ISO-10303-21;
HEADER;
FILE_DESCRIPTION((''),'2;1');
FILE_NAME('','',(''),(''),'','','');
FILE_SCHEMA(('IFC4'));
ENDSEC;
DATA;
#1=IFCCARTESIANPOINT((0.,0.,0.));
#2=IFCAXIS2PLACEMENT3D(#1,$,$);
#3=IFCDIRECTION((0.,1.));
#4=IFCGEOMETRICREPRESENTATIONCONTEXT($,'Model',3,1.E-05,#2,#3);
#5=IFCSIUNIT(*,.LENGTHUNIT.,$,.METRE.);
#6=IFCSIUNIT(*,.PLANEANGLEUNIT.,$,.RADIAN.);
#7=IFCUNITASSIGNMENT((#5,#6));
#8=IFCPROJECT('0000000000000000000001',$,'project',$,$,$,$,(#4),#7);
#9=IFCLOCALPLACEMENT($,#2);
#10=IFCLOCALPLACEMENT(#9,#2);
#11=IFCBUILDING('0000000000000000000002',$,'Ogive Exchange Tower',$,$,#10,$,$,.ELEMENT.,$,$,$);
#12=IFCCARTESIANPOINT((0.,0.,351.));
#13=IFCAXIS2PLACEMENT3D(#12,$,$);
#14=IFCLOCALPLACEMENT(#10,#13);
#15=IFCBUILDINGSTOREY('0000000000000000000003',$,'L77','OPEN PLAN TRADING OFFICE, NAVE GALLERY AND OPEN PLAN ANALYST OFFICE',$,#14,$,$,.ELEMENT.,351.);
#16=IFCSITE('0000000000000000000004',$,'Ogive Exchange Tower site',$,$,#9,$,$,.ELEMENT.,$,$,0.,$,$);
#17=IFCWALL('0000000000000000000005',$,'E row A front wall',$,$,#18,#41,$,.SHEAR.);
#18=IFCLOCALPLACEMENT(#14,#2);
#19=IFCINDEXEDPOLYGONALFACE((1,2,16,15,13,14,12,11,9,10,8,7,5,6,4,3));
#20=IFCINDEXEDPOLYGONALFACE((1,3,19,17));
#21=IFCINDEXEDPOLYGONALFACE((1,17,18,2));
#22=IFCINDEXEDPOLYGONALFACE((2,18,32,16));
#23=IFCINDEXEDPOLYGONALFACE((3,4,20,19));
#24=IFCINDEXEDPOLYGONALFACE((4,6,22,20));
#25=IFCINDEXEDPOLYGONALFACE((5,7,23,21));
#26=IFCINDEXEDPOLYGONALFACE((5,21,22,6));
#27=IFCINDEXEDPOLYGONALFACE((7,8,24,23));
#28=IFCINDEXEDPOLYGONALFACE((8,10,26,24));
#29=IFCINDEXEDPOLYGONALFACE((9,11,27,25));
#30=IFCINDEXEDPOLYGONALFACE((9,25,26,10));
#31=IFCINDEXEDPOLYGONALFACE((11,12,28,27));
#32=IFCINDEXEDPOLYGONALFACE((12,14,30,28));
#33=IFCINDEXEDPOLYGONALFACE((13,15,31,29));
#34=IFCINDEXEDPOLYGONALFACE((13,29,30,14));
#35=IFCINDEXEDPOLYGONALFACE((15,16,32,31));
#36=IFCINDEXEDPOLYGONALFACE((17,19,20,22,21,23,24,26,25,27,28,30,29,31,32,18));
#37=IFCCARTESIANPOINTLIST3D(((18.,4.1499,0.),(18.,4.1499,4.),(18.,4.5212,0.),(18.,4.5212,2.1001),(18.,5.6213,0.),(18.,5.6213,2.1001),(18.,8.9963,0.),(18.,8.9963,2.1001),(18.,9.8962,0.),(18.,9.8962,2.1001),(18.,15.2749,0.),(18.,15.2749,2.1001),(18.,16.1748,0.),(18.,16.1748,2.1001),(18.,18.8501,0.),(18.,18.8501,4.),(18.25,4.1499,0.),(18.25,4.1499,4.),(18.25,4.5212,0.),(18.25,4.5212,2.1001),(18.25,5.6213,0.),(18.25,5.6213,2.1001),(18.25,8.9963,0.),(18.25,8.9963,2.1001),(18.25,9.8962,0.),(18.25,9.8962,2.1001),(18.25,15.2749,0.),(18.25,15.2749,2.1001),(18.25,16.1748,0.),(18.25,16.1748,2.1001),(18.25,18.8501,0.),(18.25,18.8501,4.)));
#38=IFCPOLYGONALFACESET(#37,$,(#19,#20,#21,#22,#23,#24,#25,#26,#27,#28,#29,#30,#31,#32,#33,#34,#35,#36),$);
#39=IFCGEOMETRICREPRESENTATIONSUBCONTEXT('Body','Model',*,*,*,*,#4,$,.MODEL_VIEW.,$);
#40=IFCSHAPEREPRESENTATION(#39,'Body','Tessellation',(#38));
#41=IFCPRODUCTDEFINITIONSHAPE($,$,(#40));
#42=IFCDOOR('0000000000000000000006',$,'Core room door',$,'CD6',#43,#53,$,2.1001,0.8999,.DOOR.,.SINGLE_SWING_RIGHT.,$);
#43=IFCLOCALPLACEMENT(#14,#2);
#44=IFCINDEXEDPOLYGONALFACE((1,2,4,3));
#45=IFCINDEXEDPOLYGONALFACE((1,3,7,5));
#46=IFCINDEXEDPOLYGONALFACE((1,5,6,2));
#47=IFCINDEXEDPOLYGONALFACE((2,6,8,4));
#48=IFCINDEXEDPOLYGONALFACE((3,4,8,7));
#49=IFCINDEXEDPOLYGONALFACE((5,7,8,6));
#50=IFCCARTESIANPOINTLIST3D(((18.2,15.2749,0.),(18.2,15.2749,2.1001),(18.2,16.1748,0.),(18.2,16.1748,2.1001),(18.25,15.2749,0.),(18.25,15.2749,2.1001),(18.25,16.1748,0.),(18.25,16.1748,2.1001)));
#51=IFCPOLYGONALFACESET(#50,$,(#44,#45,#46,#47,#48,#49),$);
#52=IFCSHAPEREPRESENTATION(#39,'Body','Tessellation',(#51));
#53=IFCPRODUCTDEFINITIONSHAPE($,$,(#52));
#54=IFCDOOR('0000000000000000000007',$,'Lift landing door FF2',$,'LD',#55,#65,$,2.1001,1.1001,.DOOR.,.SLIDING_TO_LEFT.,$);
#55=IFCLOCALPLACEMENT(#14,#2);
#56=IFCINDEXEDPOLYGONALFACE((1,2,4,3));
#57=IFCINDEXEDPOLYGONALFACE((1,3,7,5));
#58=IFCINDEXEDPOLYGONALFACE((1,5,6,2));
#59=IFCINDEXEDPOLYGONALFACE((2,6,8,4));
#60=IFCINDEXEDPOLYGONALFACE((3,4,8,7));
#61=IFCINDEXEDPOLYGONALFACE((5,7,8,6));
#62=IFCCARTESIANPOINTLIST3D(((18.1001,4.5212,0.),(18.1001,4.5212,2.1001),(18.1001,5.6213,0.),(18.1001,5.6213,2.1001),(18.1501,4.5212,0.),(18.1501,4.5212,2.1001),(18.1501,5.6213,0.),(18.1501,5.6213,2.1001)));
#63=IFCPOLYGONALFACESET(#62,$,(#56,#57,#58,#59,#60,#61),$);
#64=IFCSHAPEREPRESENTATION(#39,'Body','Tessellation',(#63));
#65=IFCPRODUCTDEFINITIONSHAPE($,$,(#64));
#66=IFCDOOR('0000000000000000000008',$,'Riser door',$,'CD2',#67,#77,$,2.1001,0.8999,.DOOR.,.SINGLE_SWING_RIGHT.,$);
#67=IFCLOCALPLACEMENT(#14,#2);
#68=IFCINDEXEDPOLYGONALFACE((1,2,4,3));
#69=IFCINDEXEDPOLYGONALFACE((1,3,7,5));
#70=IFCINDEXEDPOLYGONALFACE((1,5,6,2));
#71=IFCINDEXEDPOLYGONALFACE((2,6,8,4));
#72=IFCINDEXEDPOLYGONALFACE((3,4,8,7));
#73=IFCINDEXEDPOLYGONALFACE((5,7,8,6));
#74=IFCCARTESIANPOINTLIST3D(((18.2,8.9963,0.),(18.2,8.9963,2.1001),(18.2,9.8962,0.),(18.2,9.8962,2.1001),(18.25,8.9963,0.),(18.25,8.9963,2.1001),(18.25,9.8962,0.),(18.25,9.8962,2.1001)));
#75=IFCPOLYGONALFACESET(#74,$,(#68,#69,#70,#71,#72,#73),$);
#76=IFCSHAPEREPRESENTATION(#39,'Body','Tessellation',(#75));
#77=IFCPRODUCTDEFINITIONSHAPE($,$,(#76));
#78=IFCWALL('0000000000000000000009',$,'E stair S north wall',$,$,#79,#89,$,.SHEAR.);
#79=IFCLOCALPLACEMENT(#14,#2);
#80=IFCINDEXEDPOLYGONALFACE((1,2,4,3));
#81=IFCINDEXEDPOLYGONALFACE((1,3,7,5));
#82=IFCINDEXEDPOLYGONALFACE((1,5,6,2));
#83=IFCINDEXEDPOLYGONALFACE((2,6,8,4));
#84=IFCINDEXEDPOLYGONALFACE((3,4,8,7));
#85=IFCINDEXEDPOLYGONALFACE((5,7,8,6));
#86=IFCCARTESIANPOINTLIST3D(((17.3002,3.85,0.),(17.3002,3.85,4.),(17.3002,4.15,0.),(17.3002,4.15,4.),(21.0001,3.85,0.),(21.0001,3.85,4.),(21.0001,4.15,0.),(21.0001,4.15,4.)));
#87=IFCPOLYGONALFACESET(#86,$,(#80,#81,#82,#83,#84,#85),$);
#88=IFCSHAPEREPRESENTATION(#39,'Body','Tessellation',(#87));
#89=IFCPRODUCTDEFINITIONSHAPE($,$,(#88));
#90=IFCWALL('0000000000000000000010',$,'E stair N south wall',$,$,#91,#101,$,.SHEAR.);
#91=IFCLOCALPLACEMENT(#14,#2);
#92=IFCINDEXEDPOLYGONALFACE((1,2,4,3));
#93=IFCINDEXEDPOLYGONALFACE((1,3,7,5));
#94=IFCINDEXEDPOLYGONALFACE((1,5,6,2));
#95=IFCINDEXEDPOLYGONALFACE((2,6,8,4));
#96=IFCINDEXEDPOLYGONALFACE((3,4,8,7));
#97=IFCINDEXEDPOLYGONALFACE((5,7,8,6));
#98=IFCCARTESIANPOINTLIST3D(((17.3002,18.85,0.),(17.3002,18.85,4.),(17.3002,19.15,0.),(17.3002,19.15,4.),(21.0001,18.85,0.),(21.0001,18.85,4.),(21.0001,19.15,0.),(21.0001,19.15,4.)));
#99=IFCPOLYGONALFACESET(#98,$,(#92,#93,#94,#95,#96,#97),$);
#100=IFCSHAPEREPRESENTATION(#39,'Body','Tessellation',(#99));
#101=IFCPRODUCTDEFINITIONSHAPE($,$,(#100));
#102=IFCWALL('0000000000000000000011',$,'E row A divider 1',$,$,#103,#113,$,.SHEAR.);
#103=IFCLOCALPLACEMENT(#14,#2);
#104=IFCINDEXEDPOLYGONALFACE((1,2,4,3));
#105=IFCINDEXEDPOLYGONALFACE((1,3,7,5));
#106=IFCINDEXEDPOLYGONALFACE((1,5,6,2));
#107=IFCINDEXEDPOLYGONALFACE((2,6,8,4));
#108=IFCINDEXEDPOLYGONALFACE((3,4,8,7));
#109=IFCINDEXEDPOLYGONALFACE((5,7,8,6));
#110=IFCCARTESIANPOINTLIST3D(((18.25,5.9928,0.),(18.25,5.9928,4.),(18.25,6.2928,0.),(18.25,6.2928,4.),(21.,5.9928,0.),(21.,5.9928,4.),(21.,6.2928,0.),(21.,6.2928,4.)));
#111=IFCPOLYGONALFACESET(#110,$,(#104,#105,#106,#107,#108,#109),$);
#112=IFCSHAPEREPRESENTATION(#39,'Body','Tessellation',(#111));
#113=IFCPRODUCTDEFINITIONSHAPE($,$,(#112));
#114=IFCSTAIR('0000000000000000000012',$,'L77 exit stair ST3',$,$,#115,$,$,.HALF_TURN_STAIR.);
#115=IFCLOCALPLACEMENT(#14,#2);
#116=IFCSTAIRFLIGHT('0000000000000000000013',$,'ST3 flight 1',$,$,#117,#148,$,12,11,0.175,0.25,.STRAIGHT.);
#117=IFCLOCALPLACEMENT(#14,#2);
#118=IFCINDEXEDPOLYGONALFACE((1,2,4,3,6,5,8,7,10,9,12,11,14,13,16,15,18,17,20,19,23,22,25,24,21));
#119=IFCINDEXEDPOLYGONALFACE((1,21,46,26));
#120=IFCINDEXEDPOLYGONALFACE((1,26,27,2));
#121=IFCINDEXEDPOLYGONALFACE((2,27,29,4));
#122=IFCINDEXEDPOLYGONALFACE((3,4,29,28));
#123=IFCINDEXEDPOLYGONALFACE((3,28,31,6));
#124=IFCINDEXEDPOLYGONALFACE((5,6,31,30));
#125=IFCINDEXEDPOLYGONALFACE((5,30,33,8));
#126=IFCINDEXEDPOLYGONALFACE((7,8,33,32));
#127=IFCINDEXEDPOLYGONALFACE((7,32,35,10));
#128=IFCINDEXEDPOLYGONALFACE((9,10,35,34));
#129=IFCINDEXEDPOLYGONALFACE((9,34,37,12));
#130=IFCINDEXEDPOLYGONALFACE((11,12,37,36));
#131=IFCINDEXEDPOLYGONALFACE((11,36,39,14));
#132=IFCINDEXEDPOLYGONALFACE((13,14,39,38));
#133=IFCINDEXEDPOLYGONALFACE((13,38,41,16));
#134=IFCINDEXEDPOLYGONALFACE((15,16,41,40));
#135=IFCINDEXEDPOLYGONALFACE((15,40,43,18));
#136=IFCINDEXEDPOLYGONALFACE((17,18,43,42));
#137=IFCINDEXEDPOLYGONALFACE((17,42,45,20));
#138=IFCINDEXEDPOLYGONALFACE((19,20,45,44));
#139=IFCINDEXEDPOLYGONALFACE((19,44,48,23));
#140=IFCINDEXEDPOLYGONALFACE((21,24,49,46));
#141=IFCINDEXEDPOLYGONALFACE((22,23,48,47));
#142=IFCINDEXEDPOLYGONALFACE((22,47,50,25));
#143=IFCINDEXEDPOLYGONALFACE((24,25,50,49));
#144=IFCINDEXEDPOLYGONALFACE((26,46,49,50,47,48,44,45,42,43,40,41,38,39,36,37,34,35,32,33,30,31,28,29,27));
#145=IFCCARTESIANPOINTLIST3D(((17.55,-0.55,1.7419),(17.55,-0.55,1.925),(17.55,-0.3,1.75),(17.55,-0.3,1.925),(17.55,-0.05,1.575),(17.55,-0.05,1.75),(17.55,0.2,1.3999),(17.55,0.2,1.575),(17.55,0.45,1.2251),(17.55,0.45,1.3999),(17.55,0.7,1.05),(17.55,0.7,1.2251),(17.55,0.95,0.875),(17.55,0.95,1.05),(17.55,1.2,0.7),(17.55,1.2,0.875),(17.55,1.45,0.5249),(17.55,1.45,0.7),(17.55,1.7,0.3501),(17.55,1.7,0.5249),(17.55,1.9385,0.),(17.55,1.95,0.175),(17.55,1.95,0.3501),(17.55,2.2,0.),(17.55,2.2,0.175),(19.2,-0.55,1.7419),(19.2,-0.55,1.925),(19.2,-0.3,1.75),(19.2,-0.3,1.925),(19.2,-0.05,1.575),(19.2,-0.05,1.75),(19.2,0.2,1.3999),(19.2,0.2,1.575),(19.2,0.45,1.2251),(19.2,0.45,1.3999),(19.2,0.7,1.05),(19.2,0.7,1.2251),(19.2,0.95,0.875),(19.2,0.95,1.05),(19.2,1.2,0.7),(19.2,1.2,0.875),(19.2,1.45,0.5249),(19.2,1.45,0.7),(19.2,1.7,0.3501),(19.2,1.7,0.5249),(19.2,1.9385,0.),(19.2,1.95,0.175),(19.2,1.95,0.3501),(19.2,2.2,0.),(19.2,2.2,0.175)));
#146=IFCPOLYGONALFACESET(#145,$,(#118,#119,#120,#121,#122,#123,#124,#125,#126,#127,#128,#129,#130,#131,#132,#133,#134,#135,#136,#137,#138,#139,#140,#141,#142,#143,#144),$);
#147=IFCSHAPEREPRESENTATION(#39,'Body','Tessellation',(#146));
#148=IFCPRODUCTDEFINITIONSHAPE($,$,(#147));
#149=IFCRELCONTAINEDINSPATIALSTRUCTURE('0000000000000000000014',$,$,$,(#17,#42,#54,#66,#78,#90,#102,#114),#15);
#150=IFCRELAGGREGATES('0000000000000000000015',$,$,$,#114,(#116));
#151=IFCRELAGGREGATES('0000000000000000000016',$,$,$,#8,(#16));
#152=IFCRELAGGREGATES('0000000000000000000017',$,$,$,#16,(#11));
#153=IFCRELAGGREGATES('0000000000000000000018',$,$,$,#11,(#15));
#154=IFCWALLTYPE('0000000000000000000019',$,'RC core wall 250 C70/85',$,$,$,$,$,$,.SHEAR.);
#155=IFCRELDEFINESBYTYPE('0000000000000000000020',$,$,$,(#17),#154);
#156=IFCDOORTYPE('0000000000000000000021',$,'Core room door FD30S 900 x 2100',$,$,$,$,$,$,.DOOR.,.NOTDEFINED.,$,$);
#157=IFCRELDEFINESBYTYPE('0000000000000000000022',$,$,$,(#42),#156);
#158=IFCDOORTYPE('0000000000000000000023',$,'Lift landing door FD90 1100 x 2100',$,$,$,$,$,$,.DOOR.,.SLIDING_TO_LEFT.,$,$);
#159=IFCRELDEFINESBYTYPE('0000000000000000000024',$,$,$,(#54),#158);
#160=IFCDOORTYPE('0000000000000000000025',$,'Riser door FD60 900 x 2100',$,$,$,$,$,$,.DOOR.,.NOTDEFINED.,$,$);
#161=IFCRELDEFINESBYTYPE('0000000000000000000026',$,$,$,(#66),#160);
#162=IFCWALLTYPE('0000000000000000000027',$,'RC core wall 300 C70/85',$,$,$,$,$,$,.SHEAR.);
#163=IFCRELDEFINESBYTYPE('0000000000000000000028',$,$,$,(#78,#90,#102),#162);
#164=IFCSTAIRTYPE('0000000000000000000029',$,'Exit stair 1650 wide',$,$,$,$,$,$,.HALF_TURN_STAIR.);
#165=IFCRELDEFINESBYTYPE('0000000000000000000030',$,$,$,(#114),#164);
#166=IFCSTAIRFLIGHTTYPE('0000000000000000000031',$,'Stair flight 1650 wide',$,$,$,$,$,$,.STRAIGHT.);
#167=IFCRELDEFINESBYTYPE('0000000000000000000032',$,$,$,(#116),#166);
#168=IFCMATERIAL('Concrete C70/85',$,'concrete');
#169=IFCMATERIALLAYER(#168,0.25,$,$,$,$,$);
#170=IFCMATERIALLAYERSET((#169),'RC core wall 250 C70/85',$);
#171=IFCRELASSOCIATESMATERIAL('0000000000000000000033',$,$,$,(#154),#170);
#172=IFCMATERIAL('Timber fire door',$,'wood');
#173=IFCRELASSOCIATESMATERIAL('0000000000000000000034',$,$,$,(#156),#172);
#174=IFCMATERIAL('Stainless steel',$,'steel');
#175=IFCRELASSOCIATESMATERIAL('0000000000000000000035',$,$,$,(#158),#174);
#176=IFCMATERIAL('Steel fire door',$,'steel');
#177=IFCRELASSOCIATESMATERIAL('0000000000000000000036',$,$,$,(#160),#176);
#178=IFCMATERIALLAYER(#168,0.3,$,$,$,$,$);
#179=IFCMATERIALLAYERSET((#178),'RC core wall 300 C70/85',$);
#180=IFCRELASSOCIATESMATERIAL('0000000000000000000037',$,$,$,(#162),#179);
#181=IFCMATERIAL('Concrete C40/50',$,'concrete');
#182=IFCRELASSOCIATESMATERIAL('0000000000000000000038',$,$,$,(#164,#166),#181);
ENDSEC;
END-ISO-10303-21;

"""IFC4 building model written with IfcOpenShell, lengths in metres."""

from ifc_helpers import new_model, si_unit, direction, frame, frame_2d, origin, place, context, subcontext, project, spatial, polyline, rectangle, outline, extrude, material, layer, layer_set, type_object, element, fill, aggregate, save


model = new_model("IFC4")

# Units and contexts
model_context = context("Model", 3, precision=1e-05, world=origin(), true_north=direction((0.0, 1.0)))
body_context = subcontext(model_context, "Body", "Model", "MODEL_VIEW")
ifc_project = project(units=[si_unit("LENGTHUNIT", "METRE"), si_unit("PLANEANGLEUNIT", "RADIAN")], contexts=[model_context])

# Site, building, storey
site_placement = place(None, origin())
site = spatial("IfcSite", under=ifc_project, at=site_placement, Name="Ogive Exchange Tower site", CompositionType="ELEMENT", RefElevation=0.0)
building_placement = place(site_placement, origin())
building = spatial("IfcBuilding", under=site, at=building_placement, Name="Ogive Exchange Tower", CompositionType="ELEMENT")
storey_placement = place(building_placement, frame((0.0, 0.0, 351.0)))
storey = spatial("IfcBuildingStorey", under=building, at=storey_placement, Name="L77", Description="OPEN PLAN TRADING OFFICE, NAVE GALLERY AND OPEN PLAN ANALYST OFFICE", CompositionType="ELEMENT", Elevation=351.0)

# Wall, openings, doors
ifc_material_1 = material(Name="Concrete C70/85", Category="concrete")
ifc_layer_1 = layer(ifc_material_1, 0.25)
ifc_layer_set_1 = layer_set([ifc_layer_1], Name="RC core wall 250 C70/85")
wall_type_1 = type_object("IfcWallType", Name="RC core wall 250 C70/85", PredefinedType="SHEAR", material=ifc_layer_set_1)
wall_1_placement = place(storey_placement, frame((18.125, 4.1499, 0.0), z_axis=(0.0, 0.0, 1.0), x_axis=(0.0, 1.0, 0.0)))
wall_1 = element("IfcWall", 1, at=wall_1_placement, inside=storey, type_object=wall_type_1, Name="E row A front wall", PredefinedType="SHEAR", context=body_context, shape_type="SweptSolid", body=[
    extrude(rectangle(XDim=14.7002, YDim=0.25, at=frame_2d((7.3501, 0.0))), origin(), (0.0, 0.0, 1.0), 4.0),
])
opening_1_placement = place(wall_1_placement, frame((4.8464, 0.0, 0.0)))
opening_1 = element("IfcOpeningElement", 2, at=opening_1_placement, cuts=wall_1, PredefinedType="OPENING", context=body_context, shape_type="SweptSolid", body=[
    extrude(rectangle(XDim=0.8999, YDim=2.1001, at=frame_2d((0.45, 1.05))), frame((0.0, 0.135, 0.0), z_axis=(0.0, -1.0, 0.0), x_axis=(1.0, 0.0, 0.0)), (0.0, 0.0, 1.0), 0.27),
])
opening_2_placement = place(wall_1_placement, frame((11.125, 0.0, 0.0)))
opening_2 = element("IfcOpeningElement", 3, at=opening_2_placement, cuts=wall_1, PredefinedType="OPENING", context=body_context, shape_type="SweptSolid", body=[
    extrude(rectangle(XDim=0.8999, YDim=2.1001, at=frame_2d((0.45, 1.05))), frame((0.0, 0.135, 0.0), z_axis=(0.0, -1.0, 0.0), x_axis=(1.0, 0.0, 0.0)), (0.0, 0.0, 1.0), 0.27),
])
opening_3_placement = place(wall_1_placement, frame((0.3713, 0.0, 0.0)))
opening_3 = element("IfcOpeningElement", 4, at=opening_3_placement, cuts=wall_1, PredefinedType="OPENING", context=body_context, shape_type="SweptSolid", body=[
    extrude(rectangle(XDim=1.1001, YDim=2.1001, at=frame_2d((0.55, 1.05))), frame((0.0, 0.135, 0.0), z_axis=(0.0, -1.0, 0.0), x_axis=(1.0, 0.0, 0.0)), (0.0, 0.0, 1.0), 0.27),
])
ifc_material_2 = material(Name="Timber fire door", Category="wood")
door_type_1 = type_object("IfcDoorType", Name="Core room door FD30S 900 x 2100", OperationType="NOTDEFINED", PredefinedType="DOOR", material=ifc_material_2)
door_1_placement = place(opening_2_placement, frame((0.8999, -0.2002, 0.0), z_axis=(0.0, 0.0, 1.0), x_axis=(-1.0, 0.0, 0.0)))
door_1 = element("IfcDoor", 5, at=door_1_placement, inside=storey, type_object=door_type_1, Name="Core room door", ObjectType="CD6", OperationType="SINGLE_SWING_RIGHT", OverallHeight=2.1001, OverallWidth=0.8999, PredefinedType="DOOR", context=body_context, shape_type="SweptSolid", body=[
    extrude(rectangle(XDim=0.8999, YDim=2.1001, at=frame_2d((0.45, 1.05))), frame((0.0, -0.0752, 0.0), z_axis=(0.0, -1.0, 0.0), x_axis=(1.0, 0.0, 0.0)), (0.0, 0.0, 1.0), 0.05),
])
fill(opening_2, door_1)
ifc_material_3 = material(Name="Stainless steel", Category="steel")
door_type_2 = type_object("IfcDoorType", Name="Lift landing door FD90 1100 x 2100", OperationType="SLIDING_TO_LEFT", PredefinedType="DOOR", material=ifc_material_3)
door_2_placement = place(opening_3_placement, origin())
door_2 = element("IfcDoor", 6, at=door_2_placement, inside=storey, type_object=door_type_2, Name="Lift landing door FF2", ObjectType="LD", OperationType="SLIDING_TO_LEFT", OverallHeight=2.1001, OverallWidth=1.1001, PredefinedType="DOOR", context=body_context, shape_type="SweptSolid", body=[
    extrude(rectangle(XDim=1.1001, YDim=2.1001, at=frame_2d((0.55, 1.05))), frame((0.0, 0.0249, 0.0), z_axis=(0.0, -1.0, 0.0), x_axis=(1.0, 0.0, 0.0)), (0.0, 0.0, 1.0), 0.05),
])
fill(opening_3, door_2)
ifc_material_4 = material(Name="Steel fire door", Category="steel")
door_type_3 = type_object("IfcDoorType", Name="Riser door FD60 900 x 2100", OperationType="NOTDEFINED", PredefinedType="DOOR", material=ifc_material_4)
door_3_placement = place(opening_1_placement, frame((0.8999, -0.2002, 0.0), z_axis=(0.0, 0.0, 1.0), x_axis=(-1.0, 0.0, 0.0)))
door_3 = element("IfcDoor", 7, at=door_3_placement, inside=storey, type_object=door_type_3, Name="Riser door", ObjectType="CD2", OperationType="SINGLE_SWING_RIGHT", OverallHeight=2.1001, OverallWidth=0.8999, PredefinedType="DOOR", context=body_context, shape_type="SweptSolid", body=[
    extrude(rectangle(XDim=0.8999, YDim=2.1001, at=frame_2d((0.45, 1.05))), frame((0.0, -0.0752, 0.0), z_axis=(0.0, -1.0, 0.0), x_axis=(1.0, 0.0, 0.0)), (0.0, 0.0, 1.0), 0.05),
])
fill(opening_1, door_3)

# Walls
ifc_layer_2 = layer(ifc_material_1, 0.3)
ifc_layer_set_2 = layer_set([ifc_layer_2], Name="RC core wall 300 C70/85")
wall_type_2 = type_object("IfcWallType", Name="RC core wall 300 C70/85", PredefinedType="SHEAR", material=ifc_layer_set_2)
for number, where, z_axis, x_axis, name in (
    (8, (17.3, 4.0, 0.0), (0.0, 0.0, 1.0), (1.0, 0.0, 0.0), "E stair S north wall"),
    (9, (17.3, 19.0, 0.0), (0.0, 0.0, 1.0), (1.0, 0.0, 0.0), "E stair N south wall"),
):
    element("IfcWall", number, at=place(storey_placement, frame(where, z_axis=z_axis, x_axis=x_axis)), inside=storey, type_object=wall_type_2, Name=name, PredefinedType="SHEAR", context=body_context, shape_type="SweptSolid", body=[
        extrude(rectangle(XDim=3.7, YDim=0.3, at=frame_2d((1.8501, 0.0))), origin(), (0.0, 0.0, 1.0), 4.0),
    ])
wall_2_placement = place(storey_placement, frame((18.25, 6.1428, 0.0), z_axis=(0.0, 0.0, 1.0), x_axis=(1.0, 0.0, 0.0)))
element("IfcWall", 10, at=wall_2_placement, inside=storey, type_object=wall_type_2, Name="E row A divider 1", PredefinedType="SHEAR", context=body_context, shape_type="SweptSolid", body=[
    extrude(rectangle(XDim=2.75, YDim=0.3, at=frame_2d((1.375, 0.0))), origin(), (0.0, 0.0, 1.0), 4.0),
])

# Stair, stair flight
ifc_material_5 = material(Name="Concrete C40/50", Category="concrete")
stair_type = type_object("IfcStairType", Name="Exit stair 1650 wide", PredefinedType="HALF_TURN_STAIR", material=ifc_material_5)
stair_placement = place(storey_placement, origin())
stair = element("IfcStair", 11, at=stair_placement, inside=storey, type_object=stair_type, Name="L77 exit stair ST3", PredefinedType="HALF_TURN_STAIR")
stair_flight_type = type_object("IfcStairFlightType", Name="Stair flight 1650 wide", PredefinedType="STRAIGHT", material=ifc_material_5)
stair_flight_1_placement = place(storey_placement, frame((18.375, 2.2, 0.0), z_axis=(0.0, 0.0, 1.0), x_axis=(0.0, -1.0, 0.0)))
stair_flight_1 = element("IfcStairFlight", 12, at=stair_flight_1_placement, type_object=stair_flight_type, Name="ST3 flight 1", NumberOfRisers=12, NumberOfTreads=11, PredefinedType="STRAIGHT", RiserHeight=0.175, TreadLength=0.25, context=body_context, shape_type="SweptSolid", body=[
    extrude(outline(polyline([(0.0, 0.0), (0.0, 0.175), (0.25, 0.175), (0.25, 0.3501), (0.5, 0.3501), (0.5, 0.5249), (0.75, 0.5249), (0.75, 0.7), (1.0, 0.7), (1.0, 0.875), (1.25, 0.875), (1.25, 1.05), (1.5, 1.05), (1.5, 1.2251), (1.75, 1.2251), (1.75, 1.3999), (2.0, 1.3999), (2.0, 1.575), (2.25, 1.575), (2.25, 1.75), (2.5, 1.75), (2.5, 1.925), (2.75, 1.925), (2.75, 2.1001), (2.75, 1.7419), (0.2615, 0.0), (0.0, 0.0)])), frame((0.0, 0.825, 0.0), z_axis=(0.0, -1.0, 0.0), x_axis=(1.0, 0.0, 0.0)), (0.0, 0.0, 1.0), 1.6499),
])
aggregate(stair, [stair_flight_1])

save(model, "model.ifc")
